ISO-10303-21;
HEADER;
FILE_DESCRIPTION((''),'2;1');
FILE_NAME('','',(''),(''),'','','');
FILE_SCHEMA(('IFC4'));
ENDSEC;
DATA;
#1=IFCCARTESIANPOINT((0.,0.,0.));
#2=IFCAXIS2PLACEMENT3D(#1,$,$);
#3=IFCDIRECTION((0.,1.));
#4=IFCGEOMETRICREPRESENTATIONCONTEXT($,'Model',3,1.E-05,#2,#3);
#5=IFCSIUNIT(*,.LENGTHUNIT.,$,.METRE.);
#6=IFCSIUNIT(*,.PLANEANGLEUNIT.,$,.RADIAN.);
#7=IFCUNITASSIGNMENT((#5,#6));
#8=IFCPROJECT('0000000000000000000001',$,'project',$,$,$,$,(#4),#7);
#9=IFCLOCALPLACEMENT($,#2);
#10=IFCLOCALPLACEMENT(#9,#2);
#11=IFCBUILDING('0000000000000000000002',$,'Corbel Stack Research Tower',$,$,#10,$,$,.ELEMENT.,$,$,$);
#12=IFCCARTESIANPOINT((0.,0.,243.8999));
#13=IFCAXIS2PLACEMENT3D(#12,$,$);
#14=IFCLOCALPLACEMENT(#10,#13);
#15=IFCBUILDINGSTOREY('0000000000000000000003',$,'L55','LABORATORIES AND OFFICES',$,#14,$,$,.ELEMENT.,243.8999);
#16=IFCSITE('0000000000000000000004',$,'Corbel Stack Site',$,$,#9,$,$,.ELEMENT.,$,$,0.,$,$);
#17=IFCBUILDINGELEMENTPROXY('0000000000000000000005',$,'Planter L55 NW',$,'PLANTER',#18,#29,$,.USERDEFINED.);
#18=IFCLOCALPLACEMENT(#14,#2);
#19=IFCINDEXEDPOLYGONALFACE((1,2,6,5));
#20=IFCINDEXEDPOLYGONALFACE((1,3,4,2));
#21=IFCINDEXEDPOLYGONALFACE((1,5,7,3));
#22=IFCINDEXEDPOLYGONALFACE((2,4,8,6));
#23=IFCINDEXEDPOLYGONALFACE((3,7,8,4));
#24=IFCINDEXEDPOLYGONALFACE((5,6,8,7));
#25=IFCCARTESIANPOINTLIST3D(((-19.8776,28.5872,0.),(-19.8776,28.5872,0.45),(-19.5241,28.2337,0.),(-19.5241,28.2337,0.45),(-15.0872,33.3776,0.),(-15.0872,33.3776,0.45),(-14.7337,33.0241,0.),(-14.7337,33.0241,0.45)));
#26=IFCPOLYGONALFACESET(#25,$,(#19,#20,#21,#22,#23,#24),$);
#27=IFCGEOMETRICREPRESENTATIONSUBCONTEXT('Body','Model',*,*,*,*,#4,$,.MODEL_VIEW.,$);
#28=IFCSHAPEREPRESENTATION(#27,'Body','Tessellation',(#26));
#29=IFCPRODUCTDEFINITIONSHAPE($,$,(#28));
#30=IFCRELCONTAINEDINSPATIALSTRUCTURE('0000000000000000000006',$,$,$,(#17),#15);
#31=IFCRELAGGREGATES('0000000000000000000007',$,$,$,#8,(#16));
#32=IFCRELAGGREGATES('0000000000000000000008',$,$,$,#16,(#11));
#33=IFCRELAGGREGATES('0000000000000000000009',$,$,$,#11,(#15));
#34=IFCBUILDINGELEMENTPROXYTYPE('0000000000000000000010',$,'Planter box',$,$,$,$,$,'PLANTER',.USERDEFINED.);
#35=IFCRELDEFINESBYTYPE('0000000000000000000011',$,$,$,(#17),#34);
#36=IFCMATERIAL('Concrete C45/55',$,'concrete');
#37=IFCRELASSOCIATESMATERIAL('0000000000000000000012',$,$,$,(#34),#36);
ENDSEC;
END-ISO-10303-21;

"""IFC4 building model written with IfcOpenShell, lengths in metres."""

from ifc_helpers import new_model, si_unit, direction, frame, origin, origin_2d, place, context, subcontext, project, spatial, rectangle, extrude, material, type_object, element, save


model = new_model("IFC4")

# Units and contexts
model_context = context("Model", 3, precision=1e-05, world=origin(), true_north=direction((0.0, 1.0)))
body_context = subcontext(model_context, "Body", "Model", "MODEL_VIEW")
ifc_project = project(units=[si_unit("LENGTHUNIT", "METRE"), si_unit("PLANEANGLEUNIT", "RADIAN")], contexts=[model_context])

# Site, building, storey
site_placement = place(None, origin())
site = spatial("IfcSite", under=ifc_project, at=site_placement, Name="Corbel Stack Site", CompositionType="ELEMENT", RefElevation=0.0)
building_placement = place(site_placement, origin())
building = spatial("IfcBuilding", under=site, at=building_placement, Name="Corbel Stack Research Tower", CompositionType="ELEMENT")
storey_placement = place(building_placement, frame((0.0, 0.0, 243.8999)))
storey = spatial("IfcBuildingStorey", under=building, at=storey_placement, Name="L55", Description="LABORATORIES AND OFFICES", CompositionType="ELEMENT", Elevation=243.8999)

# Building element proxy
ifc_material_1 = material(Name="Concrete C45/55", Category="concrete")
building_element_proxy_type = type_object("IfcBuildingElementProxyType", Name="Planter box", ElementType="PLANTER", PredefinedType="USERDEFINED", material=ifc_material_1)
proxy_placement = place(storey_placement, frame((-17.3057, 30.8057, 0.0), z_axis=(0.0, 0.0, 1.0), x_axis=(-0.707107, -0.707107, 0.0)))
element("IfcBuildingElementProxy", 1, at=proxy_placement, inside=storey, type_object=building_element_proxy_type, Name="Planter L55 NW", ObjectType="PLANTER", PredefinedType="USERDEFINED", context=body_context, shape_type="SweptSolid", body=[
    extrude(rectangle(XDim=6.7747, YDim=0.5, at=origin_2d()), origin(), (0.0, 0.0, 1.0), 0.45),
])

save(model, "model.ifc")
